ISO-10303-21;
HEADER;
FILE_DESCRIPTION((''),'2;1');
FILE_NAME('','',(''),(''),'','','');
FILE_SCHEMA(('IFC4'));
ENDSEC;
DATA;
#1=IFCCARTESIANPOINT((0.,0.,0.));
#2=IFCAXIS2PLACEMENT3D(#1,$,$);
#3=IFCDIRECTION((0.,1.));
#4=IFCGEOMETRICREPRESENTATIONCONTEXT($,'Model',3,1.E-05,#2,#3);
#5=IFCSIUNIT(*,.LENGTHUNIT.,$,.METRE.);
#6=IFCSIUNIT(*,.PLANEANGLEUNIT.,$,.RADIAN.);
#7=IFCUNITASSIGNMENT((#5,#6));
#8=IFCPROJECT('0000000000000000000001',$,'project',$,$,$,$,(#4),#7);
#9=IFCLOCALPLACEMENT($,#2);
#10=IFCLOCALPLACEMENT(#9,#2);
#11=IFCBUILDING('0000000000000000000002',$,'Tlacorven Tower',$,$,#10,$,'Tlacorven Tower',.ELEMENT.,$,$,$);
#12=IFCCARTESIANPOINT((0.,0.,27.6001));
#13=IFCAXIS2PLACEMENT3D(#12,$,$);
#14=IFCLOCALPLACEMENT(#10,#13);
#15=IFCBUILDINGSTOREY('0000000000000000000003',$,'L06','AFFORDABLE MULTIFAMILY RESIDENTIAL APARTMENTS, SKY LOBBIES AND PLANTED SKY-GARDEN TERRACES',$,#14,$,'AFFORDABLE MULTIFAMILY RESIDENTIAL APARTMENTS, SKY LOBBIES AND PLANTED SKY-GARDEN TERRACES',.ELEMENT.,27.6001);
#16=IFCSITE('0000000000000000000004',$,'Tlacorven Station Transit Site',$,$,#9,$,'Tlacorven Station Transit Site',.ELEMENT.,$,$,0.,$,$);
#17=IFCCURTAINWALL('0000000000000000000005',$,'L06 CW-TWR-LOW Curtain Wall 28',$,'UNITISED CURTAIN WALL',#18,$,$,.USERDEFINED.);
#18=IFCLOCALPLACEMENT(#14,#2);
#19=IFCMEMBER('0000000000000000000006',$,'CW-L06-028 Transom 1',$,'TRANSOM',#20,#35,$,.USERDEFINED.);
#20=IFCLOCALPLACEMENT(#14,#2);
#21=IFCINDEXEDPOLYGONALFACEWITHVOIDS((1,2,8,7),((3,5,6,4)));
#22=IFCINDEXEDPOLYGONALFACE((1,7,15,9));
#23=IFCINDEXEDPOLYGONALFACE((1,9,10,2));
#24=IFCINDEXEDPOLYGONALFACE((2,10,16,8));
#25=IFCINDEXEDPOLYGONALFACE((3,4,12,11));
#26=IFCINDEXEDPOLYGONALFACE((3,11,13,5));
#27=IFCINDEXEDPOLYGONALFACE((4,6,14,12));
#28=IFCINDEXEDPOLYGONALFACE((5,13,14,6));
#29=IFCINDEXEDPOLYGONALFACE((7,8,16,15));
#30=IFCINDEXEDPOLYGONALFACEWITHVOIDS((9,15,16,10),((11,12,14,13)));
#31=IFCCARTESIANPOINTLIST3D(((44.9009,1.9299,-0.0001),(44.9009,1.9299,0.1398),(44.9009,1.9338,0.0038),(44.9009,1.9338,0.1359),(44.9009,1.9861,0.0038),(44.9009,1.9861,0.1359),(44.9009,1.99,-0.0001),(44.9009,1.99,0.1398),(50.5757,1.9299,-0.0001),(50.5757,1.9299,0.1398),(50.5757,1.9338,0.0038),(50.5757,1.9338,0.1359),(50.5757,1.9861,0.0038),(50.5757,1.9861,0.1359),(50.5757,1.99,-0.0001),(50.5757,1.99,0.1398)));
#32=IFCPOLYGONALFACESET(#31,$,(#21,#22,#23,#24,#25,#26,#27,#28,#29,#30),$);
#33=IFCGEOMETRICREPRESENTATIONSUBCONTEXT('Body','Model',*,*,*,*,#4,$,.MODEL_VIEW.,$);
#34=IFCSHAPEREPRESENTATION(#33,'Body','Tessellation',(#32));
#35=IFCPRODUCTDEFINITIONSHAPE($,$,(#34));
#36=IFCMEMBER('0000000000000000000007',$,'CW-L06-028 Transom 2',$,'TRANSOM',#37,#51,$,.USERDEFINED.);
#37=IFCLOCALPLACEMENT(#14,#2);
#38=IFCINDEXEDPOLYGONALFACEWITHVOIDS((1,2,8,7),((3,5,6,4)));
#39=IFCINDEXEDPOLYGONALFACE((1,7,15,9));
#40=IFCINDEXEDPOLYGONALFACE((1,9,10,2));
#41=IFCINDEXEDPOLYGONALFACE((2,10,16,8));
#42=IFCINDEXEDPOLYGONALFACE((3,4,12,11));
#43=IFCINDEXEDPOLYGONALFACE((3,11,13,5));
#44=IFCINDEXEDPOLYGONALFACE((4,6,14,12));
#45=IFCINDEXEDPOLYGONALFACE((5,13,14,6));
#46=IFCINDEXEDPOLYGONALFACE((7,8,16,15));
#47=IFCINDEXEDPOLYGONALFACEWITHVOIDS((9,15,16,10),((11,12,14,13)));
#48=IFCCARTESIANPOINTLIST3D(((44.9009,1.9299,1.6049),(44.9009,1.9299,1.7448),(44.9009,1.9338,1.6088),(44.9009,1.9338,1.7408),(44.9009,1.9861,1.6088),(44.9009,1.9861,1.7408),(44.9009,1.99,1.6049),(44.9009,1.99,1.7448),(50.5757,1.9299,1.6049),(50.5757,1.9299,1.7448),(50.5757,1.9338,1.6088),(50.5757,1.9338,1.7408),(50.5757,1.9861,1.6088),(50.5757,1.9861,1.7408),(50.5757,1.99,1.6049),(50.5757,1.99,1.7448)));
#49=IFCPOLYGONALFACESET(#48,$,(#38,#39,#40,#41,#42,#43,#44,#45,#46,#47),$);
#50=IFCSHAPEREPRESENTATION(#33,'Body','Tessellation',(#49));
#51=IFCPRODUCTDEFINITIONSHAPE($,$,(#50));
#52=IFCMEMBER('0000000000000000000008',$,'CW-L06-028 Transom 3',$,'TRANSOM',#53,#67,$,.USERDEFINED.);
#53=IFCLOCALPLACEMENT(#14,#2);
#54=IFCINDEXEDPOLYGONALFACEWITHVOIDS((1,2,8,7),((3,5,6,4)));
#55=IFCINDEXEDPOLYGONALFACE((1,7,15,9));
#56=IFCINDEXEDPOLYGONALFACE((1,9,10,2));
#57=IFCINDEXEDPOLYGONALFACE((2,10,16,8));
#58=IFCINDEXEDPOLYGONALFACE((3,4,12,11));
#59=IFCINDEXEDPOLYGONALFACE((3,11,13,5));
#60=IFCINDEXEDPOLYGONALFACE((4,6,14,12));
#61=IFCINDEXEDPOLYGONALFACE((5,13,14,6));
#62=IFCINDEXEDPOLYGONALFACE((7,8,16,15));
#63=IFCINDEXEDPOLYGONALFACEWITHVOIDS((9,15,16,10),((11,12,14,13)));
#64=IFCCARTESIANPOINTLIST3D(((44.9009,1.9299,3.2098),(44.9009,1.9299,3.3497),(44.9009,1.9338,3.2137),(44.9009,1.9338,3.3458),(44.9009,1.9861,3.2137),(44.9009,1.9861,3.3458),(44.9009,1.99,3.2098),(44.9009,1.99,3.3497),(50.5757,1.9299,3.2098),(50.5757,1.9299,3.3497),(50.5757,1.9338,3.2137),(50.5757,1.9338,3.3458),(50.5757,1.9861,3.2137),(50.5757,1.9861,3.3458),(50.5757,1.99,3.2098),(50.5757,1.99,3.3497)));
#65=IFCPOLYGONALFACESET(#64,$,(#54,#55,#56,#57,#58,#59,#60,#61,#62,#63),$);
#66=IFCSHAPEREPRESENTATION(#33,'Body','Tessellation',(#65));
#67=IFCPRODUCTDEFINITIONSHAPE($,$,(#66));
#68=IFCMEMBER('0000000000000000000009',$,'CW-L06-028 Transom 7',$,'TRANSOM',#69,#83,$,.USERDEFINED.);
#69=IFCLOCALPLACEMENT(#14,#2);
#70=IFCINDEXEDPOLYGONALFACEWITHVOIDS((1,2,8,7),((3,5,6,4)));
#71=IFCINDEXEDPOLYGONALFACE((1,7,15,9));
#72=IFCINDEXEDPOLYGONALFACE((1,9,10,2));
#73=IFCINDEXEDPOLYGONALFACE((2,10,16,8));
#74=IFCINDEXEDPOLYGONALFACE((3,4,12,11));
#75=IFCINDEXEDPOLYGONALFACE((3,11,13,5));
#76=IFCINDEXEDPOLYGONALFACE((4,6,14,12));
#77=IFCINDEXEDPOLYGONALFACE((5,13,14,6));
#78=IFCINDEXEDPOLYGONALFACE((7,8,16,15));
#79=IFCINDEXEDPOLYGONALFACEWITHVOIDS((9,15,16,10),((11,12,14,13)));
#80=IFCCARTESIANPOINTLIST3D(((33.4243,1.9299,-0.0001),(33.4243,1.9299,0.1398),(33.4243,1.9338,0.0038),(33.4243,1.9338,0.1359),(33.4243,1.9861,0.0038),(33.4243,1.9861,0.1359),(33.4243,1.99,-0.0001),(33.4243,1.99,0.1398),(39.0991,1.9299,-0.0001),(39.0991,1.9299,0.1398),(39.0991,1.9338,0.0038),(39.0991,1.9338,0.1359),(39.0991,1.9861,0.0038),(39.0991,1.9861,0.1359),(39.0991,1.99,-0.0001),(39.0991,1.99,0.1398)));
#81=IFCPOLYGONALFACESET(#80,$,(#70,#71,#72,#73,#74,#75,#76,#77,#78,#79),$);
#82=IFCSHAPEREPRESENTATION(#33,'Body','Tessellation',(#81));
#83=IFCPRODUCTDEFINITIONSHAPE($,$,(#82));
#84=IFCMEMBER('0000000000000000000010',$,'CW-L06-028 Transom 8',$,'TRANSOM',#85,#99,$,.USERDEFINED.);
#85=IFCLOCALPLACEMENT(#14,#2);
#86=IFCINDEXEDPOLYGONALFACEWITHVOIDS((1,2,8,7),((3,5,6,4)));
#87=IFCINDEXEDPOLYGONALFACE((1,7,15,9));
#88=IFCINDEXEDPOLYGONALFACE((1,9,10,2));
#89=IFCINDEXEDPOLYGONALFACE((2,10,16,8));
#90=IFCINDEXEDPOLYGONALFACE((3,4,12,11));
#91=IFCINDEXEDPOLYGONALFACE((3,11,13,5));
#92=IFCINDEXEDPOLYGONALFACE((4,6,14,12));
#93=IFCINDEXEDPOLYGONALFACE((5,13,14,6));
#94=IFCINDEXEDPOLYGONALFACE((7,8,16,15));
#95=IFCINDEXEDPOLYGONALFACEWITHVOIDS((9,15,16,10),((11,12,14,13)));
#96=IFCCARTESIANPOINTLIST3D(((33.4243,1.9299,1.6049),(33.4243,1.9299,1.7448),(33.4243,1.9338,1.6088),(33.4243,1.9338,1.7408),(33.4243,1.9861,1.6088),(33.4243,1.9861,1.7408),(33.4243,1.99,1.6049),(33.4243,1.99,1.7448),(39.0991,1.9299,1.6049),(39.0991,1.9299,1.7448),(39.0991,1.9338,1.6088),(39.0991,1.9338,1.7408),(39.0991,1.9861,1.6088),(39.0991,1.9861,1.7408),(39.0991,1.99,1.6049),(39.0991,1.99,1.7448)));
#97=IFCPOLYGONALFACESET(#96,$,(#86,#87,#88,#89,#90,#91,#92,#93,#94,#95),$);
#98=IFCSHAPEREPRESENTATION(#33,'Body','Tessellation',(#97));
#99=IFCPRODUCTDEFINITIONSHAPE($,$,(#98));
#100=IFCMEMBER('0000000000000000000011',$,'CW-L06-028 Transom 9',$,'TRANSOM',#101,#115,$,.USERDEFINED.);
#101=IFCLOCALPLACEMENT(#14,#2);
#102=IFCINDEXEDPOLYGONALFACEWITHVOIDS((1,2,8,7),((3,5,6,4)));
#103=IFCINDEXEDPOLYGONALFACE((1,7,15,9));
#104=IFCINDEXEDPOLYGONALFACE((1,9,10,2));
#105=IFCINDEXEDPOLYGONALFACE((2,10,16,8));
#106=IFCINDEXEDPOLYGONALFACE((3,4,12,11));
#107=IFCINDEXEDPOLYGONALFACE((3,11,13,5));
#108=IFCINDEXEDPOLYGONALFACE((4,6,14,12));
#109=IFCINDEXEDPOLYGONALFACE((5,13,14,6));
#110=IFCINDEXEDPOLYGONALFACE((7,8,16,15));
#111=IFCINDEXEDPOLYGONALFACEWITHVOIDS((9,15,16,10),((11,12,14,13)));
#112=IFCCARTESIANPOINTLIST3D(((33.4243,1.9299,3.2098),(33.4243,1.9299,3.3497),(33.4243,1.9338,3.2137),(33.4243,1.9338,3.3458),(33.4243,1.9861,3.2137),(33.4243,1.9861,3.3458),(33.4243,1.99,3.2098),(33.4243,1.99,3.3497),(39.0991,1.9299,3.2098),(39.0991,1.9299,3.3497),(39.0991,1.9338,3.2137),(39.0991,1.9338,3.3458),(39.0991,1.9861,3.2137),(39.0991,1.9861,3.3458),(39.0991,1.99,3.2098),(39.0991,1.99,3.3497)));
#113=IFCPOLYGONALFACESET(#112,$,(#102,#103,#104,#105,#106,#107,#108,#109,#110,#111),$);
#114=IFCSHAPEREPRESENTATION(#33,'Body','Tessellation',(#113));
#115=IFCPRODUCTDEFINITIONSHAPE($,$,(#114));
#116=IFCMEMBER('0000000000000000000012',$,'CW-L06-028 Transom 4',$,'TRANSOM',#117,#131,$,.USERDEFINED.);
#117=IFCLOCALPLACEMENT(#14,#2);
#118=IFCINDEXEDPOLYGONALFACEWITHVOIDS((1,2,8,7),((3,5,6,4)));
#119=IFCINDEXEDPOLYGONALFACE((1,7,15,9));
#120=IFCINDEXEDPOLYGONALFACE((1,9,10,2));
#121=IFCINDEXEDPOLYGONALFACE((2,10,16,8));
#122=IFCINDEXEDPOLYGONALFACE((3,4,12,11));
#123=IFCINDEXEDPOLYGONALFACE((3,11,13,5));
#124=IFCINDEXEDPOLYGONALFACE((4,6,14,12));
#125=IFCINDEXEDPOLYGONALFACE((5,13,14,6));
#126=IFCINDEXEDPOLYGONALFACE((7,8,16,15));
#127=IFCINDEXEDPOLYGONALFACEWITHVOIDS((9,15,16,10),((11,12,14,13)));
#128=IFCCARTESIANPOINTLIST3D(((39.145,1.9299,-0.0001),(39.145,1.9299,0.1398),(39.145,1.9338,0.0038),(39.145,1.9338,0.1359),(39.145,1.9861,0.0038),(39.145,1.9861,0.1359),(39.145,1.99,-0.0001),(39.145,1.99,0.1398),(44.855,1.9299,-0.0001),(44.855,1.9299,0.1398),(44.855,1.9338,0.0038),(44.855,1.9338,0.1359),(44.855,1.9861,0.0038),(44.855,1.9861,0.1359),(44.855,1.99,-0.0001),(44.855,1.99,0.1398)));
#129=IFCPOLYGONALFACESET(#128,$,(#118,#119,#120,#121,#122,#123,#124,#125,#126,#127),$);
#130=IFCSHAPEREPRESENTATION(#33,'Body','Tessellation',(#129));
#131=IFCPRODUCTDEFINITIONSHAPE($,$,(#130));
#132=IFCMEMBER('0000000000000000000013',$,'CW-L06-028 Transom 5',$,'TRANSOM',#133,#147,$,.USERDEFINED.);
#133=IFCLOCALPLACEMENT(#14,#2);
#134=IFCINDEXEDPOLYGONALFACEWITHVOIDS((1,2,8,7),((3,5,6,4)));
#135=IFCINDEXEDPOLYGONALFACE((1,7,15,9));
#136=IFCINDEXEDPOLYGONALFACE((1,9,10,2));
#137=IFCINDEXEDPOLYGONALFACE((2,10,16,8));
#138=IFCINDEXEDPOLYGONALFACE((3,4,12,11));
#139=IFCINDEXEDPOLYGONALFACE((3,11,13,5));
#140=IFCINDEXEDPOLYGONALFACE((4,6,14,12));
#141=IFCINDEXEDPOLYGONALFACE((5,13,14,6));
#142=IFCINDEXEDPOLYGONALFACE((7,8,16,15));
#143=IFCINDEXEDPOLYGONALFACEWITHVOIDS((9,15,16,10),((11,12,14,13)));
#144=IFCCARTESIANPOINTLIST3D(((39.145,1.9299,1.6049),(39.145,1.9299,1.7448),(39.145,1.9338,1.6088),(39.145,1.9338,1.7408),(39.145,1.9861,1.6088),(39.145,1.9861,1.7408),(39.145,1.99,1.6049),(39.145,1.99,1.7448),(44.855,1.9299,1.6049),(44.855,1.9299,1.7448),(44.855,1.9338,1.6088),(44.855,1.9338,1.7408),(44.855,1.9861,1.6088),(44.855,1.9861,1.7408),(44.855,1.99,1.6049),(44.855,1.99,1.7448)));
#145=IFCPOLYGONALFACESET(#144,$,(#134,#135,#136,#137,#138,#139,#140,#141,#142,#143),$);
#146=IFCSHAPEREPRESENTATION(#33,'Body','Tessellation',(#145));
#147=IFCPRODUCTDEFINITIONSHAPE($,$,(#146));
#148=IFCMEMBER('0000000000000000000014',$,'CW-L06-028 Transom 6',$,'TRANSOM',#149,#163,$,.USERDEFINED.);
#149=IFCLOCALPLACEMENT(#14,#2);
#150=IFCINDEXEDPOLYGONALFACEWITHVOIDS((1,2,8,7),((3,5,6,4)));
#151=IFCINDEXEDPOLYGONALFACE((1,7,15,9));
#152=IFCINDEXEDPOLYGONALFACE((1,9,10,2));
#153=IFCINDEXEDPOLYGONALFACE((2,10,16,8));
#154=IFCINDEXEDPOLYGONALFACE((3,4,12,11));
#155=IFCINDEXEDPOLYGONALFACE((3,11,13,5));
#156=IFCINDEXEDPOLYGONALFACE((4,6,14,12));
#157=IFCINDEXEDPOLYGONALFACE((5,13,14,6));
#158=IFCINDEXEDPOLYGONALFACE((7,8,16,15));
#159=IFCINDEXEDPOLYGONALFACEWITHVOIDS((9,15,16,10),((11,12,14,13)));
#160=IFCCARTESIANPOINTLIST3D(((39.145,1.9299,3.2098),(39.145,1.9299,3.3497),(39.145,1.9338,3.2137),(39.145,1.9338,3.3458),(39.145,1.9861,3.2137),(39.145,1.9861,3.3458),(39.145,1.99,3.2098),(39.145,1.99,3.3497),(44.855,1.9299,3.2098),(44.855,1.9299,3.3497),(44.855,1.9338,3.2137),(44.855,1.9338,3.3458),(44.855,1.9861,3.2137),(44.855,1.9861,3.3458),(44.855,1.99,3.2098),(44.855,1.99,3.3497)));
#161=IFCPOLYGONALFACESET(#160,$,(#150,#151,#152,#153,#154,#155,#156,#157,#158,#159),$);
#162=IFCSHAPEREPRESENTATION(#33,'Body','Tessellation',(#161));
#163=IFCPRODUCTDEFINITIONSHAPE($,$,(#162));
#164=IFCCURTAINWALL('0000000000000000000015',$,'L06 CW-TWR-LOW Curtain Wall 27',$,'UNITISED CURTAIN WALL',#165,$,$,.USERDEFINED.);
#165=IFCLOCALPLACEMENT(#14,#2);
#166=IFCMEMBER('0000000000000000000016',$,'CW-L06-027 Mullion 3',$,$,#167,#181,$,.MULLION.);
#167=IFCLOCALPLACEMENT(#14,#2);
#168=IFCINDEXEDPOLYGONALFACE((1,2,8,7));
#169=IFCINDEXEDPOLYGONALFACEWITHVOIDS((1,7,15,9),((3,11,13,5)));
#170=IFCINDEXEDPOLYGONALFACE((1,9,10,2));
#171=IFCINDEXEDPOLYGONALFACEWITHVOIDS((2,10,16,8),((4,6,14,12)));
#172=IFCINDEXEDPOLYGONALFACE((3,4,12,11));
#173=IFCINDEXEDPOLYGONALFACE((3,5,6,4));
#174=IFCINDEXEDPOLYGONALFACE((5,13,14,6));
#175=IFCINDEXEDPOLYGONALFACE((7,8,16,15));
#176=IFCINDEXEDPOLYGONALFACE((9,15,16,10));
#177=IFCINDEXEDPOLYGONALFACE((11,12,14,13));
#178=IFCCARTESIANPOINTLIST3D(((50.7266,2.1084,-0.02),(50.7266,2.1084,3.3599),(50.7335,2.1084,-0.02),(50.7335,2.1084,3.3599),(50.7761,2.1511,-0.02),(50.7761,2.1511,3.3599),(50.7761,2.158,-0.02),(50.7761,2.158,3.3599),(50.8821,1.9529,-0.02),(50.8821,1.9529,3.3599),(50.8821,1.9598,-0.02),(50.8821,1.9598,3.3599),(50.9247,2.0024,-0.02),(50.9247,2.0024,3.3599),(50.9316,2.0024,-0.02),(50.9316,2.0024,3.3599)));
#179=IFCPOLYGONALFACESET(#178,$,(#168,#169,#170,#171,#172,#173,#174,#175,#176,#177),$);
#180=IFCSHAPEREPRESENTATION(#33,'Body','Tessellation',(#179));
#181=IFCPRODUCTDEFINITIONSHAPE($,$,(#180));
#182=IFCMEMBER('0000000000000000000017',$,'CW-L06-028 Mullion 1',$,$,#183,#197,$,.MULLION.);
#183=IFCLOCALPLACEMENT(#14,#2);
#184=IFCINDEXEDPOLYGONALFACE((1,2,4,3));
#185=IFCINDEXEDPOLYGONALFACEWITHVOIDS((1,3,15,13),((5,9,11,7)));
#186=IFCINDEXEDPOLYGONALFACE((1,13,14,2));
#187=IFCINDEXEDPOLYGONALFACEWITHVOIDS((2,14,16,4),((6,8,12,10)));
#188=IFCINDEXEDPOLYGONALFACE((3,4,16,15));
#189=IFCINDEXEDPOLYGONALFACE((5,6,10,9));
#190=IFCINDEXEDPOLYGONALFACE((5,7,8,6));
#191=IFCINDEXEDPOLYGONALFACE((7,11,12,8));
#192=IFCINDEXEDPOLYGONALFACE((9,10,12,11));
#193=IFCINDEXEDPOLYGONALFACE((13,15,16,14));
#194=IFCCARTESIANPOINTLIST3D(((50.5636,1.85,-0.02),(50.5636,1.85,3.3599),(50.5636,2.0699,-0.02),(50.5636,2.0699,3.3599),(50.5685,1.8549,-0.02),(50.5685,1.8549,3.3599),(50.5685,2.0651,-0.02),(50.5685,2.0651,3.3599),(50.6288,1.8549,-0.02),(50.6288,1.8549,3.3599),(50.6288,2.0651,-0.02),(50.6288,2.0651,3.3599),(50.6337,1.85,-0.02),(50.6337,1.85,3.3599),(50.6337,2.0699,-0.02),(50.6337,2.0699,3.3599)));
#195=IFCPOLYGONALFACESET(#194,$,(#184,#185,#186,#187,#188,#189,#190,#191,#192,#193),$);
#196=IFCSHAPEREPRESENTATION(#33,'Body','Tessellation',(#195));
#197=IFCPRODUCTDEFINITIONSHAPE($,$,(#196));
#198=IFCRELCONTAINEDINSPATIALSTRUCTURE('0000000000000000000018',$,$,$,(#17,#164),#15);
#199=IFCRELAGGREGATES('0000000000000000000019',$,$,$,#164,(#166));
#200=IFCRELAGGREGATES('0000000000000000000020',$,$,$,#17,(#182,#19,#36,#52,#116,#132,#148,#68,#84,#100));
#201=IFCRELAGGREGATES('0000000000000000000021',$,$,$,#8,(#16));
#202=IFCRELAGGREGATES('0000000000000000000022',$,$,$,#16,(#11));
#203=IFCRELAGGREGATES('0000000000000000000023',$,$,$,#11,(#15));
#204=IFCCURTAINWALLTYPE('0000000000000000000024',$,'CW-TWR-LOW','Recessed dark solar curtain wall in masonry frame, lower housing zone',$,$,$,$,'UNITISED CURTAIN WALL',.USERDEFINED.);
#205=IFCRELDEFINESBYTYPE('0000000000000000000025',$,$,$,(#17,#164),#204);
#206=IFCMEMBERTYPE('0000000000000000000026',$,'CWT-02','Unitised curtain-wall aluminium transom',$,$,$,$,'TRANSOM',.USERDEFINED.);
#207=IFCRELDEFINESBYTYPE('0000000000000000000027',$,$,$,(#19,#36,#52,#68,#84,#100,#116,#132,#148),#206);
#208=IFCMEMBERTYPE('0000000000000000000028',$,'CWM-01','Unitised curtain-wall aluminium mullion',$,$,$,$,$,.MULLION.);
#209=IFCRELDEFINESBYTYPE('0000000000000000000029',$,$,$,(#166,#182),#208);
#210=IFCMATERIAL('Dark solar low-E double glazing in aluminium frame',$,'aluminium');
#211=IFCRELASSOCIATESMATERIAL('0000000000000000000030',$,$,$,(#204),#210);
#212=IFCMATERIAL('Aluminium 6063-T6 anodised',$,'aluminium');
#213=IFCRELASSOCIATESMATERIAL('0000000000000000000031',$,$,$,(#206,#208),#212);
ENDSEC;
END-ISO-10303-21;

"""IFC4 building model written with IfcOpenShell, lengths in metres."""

from ifc_helpers import new_model, si_unit, direction, frame, origin, origin_2d, place, context, subcontext, project, spatial, hollow_rectangle, extrude, source, transform, mapped, material, material_profile, profile_set, type_object, element, aggregate, save


model = new_model("IFC4")

# Units and contexts
model_context = context("Model", 3, precision=1e-05, world=origin(), true_north=direction((0.0, 1.0)))
body_context = subcontext(model_context, "Body", "Model", "MODEL_VIEW")
ifc_project = project(units=[si_unit("LENGTHUNIT", "METRE"), si_unit("PLANEANGLEUNIT", "RADIAN")], contexts=[model_context])

# Site, building, storey
site_placement = place(None, origin())
site = spatial("IfcSite", under=ifc_project, at=site_placement, Name="Tlacorven Station Transit Site", LongName="Tlacorven Station Transit Site", CompositionType="ELEMENT", RefElevation=0.0)
building_placement = place(site_placement, origin())
building = spatial("IfcBuilding", under=site, at=building_placement, Name="Tlacorven Tower", LongName="Tlacorven Tower", CompositionType="ELEMENT")
storey_placement = place(building_placement, frame((0.0, 0.0, 27.6001)))
storey = spatial("IfcBuildingStorey", under=building, at=storey_placement, Name="L06", Description="AFFORDABLE MULTIFAMILY RESIDENTIAL APARTMENTS, SKY LOBBIES AND PLANTED SKY-GARDEN TERRACES", LongName="AFFORDABLE MULTIFAMILY RESIDENTIAL APARTMENTS, SKY LOBBIES AND PLANTED SKY-GARDEN TERRACES", CompositionType="ELEMENT", Elevation=27.6001)

# Curtain wall, members
ifc_material_1 = material(Name="Dark solar low-E double glazing in aluminium frame", Category="aluminium")
curtain_wall_type = type_object("IfcCurtainWallType", Name="CW-TWR-LOW", Description="Recessed dark solar curtain wall in masonry frame, lower housing zone", ElementType="UNITISED CURTAIN WALL", PredefinedType="USERDEFINED", material=ifc_material_1)
curtain_wall_1_placement = place(storey_placement, origin())
curtain_wall_1 = element("IfcCurtainWall", 1, at=curtain_wall_1_placement, inside=storey, type_object=curtain_wall_type, Name="L06 CW-TWR-LOW Curtain Wall 28", ObjectType="UNITISED CURTAIN WALL", PredefinedType="USERDEFINED")
ifc_material_2 = material(Name="Aluminium 6063-T6 anodised", Category="aluminium")
ifc_material_profile_1 = material_profile(ifc_material_2, hollow_rectangle(XDim=0.0601, YDim=0.1399, WallThickness=0.0039, at=origin_2d()), Name="ALU TRANSOM 60X140")
ifc_profile_set_1 = profile_set([ifc_material_profile_1], Name="Aluminium 6063-T6 anodised")
member_type_1 = type_object("IfcMemberType", Name="CWT-02", Description="Unitised curtain-wall aluminium transom", ElementType="TRANSOM", PredefinedType="USERDEFINED", material=ifc_profile_set_1)
shared_shape_1 = source(origin(), body_context, "Body", "SweptSolid", [
    extrude(hollow_rectangle(XDim=0.0601, YDim=0.1399, WallThickness=0.0039, at=origin_2d()), origin(), (0.0, 0.0, 1.0), 5.6748),
])
member_1_placement = place(storey_placement, frame((50.5757, 1.96, 0.0698), z_axis=(-1.0, 0.0, 0.0), x_axis=(0.0, -1.0, 0.0)))
member_1 = element("IfcMember", 2, at=member_1_placement, type_object=member_type_1, Name="CW-L06-028 Transom 1", ObjectType="TRANSOM", PredefinedType="USERDEFINED", context=body_context, shape_type="MappedRepresentation", body=[
    mapped(shared_shape_1, transform((0.0, 0.0, 0.0), scale=1.0)),
])
member_2_placement = place(storey_placement, frame((50.5757, 1.96, 1.6748), z_axis=(-1.0, 0.0, 0.0), x_axis=(0.0, -1.0, 0.0)))
member_2 = element("IfcMember", 3, at=member_2_placement, type_object=member_type_1, Name="CW-L06-028 Transom 2", ObjectType="TRANSOM", PredefinedType="USERDEFINED", context=body_context, shape_type="MappedRepresentation", body=[
    mapped(shared_shape_1, transform((0.0, 0.0, 0.0), scale=1.0)),
])
member_3_placement = place(storey_placement, frame((50.5757, 1.96, 3.2798), z_axis=(-1.0, 0.0, 0.0), x_axis=(0.0, -1.0, 0.0)))
member_3 = element("IfcMember", 4, at=member_3_placement, type_object=member_type_1, Name="CW-L06-028 Transom 3", ObjectType="TRANSOM", PredefinedType="USERDEFINED", context=body_context, shape_type="MappedRepresentation", body=[
    mapped(shared_shape_1, transform((0.0, 0.0, 0.0), scale=1.0)),
])
member_4_placement = place(storey_placement, frame((39.0991, 1.96, 0.0698), z_axis=(-1.0, 0.0, 0.0), x_axis=(0.0, -1.0, 0.0)))
member_4 = element("IfcMember", 5, at=member_4_placement, type_object=member_type_1, Name="CW-L06-028 Transom 7", ObjectType="TRANSOM", PredefinedType="USERDEFINED", context=body_context, shape_type="MappedRepresentation", body=[
    mapped(shared_shape_1, transform((0.0, 0.0, 0.0), scale=1.0)),
])
member_5_placement = place(storey_placement, frame((39.0991, 1.96, 1.6748), z_axis=(-1.0, 0.0, 0.0), x_axis=(0.0, -1.0, 0.0)))
member_5 = element("IfcMember", 6, at=member_5_placement, type_object=member_type_1, Name="CW-L06-028 Transom 8", ObjectType="TRANSOM", PredefinedType="USERDEFINED", context=body_context, shape_type="MappedRepresentation", body=[
    mapped(shared_shape_1, transform((0.0, 0.0, 0.0), scale=1.0)),
])
member_6_placement = place(storey_placement, frame((39.0991, 1.96, 3.2798), z_axis=(-1.0, 0.0, 0.0), x_axis=(0.0, -1.0, 0.0)))
member_6 = element("IfcMember", 7, at=member_6_placement, type_object=member_type_1, Name="CW-L06-028 Transom 9", ObjectType="TRANSOM", PredefinedType="USERDEFINED", context=body_context, shape_type="MappedRepresentation", body=[
    mapped(shared_shape_1, transform((0.0, 0.0, 0.0), scale=1.0)),
])
shared_shape_2 = source(origin(), body_context, "Body", "SweptSolid", [
    extrude(hollow_rectangle(XDim=0.0601, YDim=0.1399, WallThickness=0.0039, at=origin_2d()), origin(), (0.0, 0.0, 1.0), 5.71),
])
member_7_placement = place(storey_placement, frame((44.855, 1.96, 0.0698), z_axis=(-1.0, 0.0, 0.0), x_axis=(0.0, -1.0, 0.0)))
member_7 = element("IfcMember", 8, at=member_7_placement, type_object=member_type_1, Name="CW-L06-028 Transom 4", ObjectType="TRANSOM", PredefinedType="USERDEFINED", context=body_context, shape_type="MappedRepresentation", body=[
    mapped(shared_shape_2, transform((0.0, 0.0, 0.0), scale=1.0)),
])
member_8_placement = place(storey_placement, frame((44.855, 1.96, 1.6748), z_axis=(-1.0, 0.0, 0.0), x_axis=(0.0, -1.0, 0.0)))
member_8 = element("IfcMember", 9, at=member_8_placement, type_object=member_type_1, Name="CW-L06-028 Transom 5", ObjectType="TRANSOM", PredefinedType="USERDEFINED", context=body_context, shape_type="MappedRepresentation", body=[
    mapped(shared_shape_2, transform((0.0, 0.0, 0.0), scale=1.0)),
])
member_9_placement = place(storey_placement, frame((44.855, 1.96, 3.2798), z_axis=(-1.0, 0.0, 0.0), x_axis=(0.0, -1.0, 0.0)))
member_9 = element("IfcMember", 10, at=member_9_placement, type_object=member_type_1, Name="CW-L06-028 Transom 6", ObjectType="TRANSOM", PredefinedType="USERDEFINED", context=body_context, shape_type="MappedRepresentation", body=[
    mapped(shared_shape_2, transform((0.0, 0.0, 0.0), scale=1.0)),
])

# Curtain wall, member
curtain_wall_2_placement = place(storey_placement, origin())
curtain_wall_2 = element("IfcCurtainWall", 11, at=curtain_wall_2_placement, inside=storey, type_object=curtain_wall_type, Name="L06 CW-TWR-LOW Curtain Wall 27", ObjectType="UNITISED CURTAIN WALL", PredefinedType="USERDEFINED")
ifc_material_profile_2 = material_profile(ifc_material_2, hollow_rectangle(XDim=0.0701, YDim=0.22, WallThickness=0.0049, at=origin_2d()), Name="ALU MULLION 70X220")
ifc_profile_set_2 = profile_set([ifc_material_profile_2], Name="Aluminium 6063-T6 anodised")
member_type_2 = type_object("IfcMemberType", Name="CWM-01", Description="Unitised curtain-wall aluminium mullion", PredefinedType="MULLION", material=ifc_profile_set_2)
shared_shape_3 = source(origin(), body_context, "Body", "SweptSolid", [
    extrude(hollow_rectangle(XDim=0.0701, YDim=0.22, WallThickness=0.0049, at=origin_2d()), origin(), (0.0, 0.0, 1.0), 3.3799),
])
member_10_placement = place(storey_placement, frame((50.8291, 2.0554, -0.02), z_axis=(0.0, 0.0, 1.0), x_axis=(-0.707107, -0.707107, 0.0)))
member_10 = element("IfcMember", 12, at=member_10_placement, type_object=member_type_2, Name="CW-L06-027 Mullion 3", PredefinedType="MULLION", context=body_context, shape_type="MappedRepresentation", body=[
    mapped(shared_shape_3, transform((0.0, 0.0, 0.0), scale=1.0)),
])

# Member
member_11_placement = place(storey_placement, frame((50.5986, 1.96, -0.02), z_axis=(0.0, 0.0, 1.0), x_axis=(-1.0, 0.0, 0.0)))
member_11 = element("IfcMember", 13, at=member_11_placement, type_object=member_type_2, Name="CW-L06-028 Mullion 1", PredefinedType="MULLION", context=body_context, shape_type="MappedRepresentation", body=[
    mapped(shared_shape_3, transform((0.0, 0.0, 0.0), scale=1.0)),
])

aggregate(curtain_wall_2, [member_10])
aggregate(curtain_wall_1, [member_11, member_1, member_2, member_3, member_7, member_8, member_9, member_4, member_5, member_6])

save(model, "model.ifc")
